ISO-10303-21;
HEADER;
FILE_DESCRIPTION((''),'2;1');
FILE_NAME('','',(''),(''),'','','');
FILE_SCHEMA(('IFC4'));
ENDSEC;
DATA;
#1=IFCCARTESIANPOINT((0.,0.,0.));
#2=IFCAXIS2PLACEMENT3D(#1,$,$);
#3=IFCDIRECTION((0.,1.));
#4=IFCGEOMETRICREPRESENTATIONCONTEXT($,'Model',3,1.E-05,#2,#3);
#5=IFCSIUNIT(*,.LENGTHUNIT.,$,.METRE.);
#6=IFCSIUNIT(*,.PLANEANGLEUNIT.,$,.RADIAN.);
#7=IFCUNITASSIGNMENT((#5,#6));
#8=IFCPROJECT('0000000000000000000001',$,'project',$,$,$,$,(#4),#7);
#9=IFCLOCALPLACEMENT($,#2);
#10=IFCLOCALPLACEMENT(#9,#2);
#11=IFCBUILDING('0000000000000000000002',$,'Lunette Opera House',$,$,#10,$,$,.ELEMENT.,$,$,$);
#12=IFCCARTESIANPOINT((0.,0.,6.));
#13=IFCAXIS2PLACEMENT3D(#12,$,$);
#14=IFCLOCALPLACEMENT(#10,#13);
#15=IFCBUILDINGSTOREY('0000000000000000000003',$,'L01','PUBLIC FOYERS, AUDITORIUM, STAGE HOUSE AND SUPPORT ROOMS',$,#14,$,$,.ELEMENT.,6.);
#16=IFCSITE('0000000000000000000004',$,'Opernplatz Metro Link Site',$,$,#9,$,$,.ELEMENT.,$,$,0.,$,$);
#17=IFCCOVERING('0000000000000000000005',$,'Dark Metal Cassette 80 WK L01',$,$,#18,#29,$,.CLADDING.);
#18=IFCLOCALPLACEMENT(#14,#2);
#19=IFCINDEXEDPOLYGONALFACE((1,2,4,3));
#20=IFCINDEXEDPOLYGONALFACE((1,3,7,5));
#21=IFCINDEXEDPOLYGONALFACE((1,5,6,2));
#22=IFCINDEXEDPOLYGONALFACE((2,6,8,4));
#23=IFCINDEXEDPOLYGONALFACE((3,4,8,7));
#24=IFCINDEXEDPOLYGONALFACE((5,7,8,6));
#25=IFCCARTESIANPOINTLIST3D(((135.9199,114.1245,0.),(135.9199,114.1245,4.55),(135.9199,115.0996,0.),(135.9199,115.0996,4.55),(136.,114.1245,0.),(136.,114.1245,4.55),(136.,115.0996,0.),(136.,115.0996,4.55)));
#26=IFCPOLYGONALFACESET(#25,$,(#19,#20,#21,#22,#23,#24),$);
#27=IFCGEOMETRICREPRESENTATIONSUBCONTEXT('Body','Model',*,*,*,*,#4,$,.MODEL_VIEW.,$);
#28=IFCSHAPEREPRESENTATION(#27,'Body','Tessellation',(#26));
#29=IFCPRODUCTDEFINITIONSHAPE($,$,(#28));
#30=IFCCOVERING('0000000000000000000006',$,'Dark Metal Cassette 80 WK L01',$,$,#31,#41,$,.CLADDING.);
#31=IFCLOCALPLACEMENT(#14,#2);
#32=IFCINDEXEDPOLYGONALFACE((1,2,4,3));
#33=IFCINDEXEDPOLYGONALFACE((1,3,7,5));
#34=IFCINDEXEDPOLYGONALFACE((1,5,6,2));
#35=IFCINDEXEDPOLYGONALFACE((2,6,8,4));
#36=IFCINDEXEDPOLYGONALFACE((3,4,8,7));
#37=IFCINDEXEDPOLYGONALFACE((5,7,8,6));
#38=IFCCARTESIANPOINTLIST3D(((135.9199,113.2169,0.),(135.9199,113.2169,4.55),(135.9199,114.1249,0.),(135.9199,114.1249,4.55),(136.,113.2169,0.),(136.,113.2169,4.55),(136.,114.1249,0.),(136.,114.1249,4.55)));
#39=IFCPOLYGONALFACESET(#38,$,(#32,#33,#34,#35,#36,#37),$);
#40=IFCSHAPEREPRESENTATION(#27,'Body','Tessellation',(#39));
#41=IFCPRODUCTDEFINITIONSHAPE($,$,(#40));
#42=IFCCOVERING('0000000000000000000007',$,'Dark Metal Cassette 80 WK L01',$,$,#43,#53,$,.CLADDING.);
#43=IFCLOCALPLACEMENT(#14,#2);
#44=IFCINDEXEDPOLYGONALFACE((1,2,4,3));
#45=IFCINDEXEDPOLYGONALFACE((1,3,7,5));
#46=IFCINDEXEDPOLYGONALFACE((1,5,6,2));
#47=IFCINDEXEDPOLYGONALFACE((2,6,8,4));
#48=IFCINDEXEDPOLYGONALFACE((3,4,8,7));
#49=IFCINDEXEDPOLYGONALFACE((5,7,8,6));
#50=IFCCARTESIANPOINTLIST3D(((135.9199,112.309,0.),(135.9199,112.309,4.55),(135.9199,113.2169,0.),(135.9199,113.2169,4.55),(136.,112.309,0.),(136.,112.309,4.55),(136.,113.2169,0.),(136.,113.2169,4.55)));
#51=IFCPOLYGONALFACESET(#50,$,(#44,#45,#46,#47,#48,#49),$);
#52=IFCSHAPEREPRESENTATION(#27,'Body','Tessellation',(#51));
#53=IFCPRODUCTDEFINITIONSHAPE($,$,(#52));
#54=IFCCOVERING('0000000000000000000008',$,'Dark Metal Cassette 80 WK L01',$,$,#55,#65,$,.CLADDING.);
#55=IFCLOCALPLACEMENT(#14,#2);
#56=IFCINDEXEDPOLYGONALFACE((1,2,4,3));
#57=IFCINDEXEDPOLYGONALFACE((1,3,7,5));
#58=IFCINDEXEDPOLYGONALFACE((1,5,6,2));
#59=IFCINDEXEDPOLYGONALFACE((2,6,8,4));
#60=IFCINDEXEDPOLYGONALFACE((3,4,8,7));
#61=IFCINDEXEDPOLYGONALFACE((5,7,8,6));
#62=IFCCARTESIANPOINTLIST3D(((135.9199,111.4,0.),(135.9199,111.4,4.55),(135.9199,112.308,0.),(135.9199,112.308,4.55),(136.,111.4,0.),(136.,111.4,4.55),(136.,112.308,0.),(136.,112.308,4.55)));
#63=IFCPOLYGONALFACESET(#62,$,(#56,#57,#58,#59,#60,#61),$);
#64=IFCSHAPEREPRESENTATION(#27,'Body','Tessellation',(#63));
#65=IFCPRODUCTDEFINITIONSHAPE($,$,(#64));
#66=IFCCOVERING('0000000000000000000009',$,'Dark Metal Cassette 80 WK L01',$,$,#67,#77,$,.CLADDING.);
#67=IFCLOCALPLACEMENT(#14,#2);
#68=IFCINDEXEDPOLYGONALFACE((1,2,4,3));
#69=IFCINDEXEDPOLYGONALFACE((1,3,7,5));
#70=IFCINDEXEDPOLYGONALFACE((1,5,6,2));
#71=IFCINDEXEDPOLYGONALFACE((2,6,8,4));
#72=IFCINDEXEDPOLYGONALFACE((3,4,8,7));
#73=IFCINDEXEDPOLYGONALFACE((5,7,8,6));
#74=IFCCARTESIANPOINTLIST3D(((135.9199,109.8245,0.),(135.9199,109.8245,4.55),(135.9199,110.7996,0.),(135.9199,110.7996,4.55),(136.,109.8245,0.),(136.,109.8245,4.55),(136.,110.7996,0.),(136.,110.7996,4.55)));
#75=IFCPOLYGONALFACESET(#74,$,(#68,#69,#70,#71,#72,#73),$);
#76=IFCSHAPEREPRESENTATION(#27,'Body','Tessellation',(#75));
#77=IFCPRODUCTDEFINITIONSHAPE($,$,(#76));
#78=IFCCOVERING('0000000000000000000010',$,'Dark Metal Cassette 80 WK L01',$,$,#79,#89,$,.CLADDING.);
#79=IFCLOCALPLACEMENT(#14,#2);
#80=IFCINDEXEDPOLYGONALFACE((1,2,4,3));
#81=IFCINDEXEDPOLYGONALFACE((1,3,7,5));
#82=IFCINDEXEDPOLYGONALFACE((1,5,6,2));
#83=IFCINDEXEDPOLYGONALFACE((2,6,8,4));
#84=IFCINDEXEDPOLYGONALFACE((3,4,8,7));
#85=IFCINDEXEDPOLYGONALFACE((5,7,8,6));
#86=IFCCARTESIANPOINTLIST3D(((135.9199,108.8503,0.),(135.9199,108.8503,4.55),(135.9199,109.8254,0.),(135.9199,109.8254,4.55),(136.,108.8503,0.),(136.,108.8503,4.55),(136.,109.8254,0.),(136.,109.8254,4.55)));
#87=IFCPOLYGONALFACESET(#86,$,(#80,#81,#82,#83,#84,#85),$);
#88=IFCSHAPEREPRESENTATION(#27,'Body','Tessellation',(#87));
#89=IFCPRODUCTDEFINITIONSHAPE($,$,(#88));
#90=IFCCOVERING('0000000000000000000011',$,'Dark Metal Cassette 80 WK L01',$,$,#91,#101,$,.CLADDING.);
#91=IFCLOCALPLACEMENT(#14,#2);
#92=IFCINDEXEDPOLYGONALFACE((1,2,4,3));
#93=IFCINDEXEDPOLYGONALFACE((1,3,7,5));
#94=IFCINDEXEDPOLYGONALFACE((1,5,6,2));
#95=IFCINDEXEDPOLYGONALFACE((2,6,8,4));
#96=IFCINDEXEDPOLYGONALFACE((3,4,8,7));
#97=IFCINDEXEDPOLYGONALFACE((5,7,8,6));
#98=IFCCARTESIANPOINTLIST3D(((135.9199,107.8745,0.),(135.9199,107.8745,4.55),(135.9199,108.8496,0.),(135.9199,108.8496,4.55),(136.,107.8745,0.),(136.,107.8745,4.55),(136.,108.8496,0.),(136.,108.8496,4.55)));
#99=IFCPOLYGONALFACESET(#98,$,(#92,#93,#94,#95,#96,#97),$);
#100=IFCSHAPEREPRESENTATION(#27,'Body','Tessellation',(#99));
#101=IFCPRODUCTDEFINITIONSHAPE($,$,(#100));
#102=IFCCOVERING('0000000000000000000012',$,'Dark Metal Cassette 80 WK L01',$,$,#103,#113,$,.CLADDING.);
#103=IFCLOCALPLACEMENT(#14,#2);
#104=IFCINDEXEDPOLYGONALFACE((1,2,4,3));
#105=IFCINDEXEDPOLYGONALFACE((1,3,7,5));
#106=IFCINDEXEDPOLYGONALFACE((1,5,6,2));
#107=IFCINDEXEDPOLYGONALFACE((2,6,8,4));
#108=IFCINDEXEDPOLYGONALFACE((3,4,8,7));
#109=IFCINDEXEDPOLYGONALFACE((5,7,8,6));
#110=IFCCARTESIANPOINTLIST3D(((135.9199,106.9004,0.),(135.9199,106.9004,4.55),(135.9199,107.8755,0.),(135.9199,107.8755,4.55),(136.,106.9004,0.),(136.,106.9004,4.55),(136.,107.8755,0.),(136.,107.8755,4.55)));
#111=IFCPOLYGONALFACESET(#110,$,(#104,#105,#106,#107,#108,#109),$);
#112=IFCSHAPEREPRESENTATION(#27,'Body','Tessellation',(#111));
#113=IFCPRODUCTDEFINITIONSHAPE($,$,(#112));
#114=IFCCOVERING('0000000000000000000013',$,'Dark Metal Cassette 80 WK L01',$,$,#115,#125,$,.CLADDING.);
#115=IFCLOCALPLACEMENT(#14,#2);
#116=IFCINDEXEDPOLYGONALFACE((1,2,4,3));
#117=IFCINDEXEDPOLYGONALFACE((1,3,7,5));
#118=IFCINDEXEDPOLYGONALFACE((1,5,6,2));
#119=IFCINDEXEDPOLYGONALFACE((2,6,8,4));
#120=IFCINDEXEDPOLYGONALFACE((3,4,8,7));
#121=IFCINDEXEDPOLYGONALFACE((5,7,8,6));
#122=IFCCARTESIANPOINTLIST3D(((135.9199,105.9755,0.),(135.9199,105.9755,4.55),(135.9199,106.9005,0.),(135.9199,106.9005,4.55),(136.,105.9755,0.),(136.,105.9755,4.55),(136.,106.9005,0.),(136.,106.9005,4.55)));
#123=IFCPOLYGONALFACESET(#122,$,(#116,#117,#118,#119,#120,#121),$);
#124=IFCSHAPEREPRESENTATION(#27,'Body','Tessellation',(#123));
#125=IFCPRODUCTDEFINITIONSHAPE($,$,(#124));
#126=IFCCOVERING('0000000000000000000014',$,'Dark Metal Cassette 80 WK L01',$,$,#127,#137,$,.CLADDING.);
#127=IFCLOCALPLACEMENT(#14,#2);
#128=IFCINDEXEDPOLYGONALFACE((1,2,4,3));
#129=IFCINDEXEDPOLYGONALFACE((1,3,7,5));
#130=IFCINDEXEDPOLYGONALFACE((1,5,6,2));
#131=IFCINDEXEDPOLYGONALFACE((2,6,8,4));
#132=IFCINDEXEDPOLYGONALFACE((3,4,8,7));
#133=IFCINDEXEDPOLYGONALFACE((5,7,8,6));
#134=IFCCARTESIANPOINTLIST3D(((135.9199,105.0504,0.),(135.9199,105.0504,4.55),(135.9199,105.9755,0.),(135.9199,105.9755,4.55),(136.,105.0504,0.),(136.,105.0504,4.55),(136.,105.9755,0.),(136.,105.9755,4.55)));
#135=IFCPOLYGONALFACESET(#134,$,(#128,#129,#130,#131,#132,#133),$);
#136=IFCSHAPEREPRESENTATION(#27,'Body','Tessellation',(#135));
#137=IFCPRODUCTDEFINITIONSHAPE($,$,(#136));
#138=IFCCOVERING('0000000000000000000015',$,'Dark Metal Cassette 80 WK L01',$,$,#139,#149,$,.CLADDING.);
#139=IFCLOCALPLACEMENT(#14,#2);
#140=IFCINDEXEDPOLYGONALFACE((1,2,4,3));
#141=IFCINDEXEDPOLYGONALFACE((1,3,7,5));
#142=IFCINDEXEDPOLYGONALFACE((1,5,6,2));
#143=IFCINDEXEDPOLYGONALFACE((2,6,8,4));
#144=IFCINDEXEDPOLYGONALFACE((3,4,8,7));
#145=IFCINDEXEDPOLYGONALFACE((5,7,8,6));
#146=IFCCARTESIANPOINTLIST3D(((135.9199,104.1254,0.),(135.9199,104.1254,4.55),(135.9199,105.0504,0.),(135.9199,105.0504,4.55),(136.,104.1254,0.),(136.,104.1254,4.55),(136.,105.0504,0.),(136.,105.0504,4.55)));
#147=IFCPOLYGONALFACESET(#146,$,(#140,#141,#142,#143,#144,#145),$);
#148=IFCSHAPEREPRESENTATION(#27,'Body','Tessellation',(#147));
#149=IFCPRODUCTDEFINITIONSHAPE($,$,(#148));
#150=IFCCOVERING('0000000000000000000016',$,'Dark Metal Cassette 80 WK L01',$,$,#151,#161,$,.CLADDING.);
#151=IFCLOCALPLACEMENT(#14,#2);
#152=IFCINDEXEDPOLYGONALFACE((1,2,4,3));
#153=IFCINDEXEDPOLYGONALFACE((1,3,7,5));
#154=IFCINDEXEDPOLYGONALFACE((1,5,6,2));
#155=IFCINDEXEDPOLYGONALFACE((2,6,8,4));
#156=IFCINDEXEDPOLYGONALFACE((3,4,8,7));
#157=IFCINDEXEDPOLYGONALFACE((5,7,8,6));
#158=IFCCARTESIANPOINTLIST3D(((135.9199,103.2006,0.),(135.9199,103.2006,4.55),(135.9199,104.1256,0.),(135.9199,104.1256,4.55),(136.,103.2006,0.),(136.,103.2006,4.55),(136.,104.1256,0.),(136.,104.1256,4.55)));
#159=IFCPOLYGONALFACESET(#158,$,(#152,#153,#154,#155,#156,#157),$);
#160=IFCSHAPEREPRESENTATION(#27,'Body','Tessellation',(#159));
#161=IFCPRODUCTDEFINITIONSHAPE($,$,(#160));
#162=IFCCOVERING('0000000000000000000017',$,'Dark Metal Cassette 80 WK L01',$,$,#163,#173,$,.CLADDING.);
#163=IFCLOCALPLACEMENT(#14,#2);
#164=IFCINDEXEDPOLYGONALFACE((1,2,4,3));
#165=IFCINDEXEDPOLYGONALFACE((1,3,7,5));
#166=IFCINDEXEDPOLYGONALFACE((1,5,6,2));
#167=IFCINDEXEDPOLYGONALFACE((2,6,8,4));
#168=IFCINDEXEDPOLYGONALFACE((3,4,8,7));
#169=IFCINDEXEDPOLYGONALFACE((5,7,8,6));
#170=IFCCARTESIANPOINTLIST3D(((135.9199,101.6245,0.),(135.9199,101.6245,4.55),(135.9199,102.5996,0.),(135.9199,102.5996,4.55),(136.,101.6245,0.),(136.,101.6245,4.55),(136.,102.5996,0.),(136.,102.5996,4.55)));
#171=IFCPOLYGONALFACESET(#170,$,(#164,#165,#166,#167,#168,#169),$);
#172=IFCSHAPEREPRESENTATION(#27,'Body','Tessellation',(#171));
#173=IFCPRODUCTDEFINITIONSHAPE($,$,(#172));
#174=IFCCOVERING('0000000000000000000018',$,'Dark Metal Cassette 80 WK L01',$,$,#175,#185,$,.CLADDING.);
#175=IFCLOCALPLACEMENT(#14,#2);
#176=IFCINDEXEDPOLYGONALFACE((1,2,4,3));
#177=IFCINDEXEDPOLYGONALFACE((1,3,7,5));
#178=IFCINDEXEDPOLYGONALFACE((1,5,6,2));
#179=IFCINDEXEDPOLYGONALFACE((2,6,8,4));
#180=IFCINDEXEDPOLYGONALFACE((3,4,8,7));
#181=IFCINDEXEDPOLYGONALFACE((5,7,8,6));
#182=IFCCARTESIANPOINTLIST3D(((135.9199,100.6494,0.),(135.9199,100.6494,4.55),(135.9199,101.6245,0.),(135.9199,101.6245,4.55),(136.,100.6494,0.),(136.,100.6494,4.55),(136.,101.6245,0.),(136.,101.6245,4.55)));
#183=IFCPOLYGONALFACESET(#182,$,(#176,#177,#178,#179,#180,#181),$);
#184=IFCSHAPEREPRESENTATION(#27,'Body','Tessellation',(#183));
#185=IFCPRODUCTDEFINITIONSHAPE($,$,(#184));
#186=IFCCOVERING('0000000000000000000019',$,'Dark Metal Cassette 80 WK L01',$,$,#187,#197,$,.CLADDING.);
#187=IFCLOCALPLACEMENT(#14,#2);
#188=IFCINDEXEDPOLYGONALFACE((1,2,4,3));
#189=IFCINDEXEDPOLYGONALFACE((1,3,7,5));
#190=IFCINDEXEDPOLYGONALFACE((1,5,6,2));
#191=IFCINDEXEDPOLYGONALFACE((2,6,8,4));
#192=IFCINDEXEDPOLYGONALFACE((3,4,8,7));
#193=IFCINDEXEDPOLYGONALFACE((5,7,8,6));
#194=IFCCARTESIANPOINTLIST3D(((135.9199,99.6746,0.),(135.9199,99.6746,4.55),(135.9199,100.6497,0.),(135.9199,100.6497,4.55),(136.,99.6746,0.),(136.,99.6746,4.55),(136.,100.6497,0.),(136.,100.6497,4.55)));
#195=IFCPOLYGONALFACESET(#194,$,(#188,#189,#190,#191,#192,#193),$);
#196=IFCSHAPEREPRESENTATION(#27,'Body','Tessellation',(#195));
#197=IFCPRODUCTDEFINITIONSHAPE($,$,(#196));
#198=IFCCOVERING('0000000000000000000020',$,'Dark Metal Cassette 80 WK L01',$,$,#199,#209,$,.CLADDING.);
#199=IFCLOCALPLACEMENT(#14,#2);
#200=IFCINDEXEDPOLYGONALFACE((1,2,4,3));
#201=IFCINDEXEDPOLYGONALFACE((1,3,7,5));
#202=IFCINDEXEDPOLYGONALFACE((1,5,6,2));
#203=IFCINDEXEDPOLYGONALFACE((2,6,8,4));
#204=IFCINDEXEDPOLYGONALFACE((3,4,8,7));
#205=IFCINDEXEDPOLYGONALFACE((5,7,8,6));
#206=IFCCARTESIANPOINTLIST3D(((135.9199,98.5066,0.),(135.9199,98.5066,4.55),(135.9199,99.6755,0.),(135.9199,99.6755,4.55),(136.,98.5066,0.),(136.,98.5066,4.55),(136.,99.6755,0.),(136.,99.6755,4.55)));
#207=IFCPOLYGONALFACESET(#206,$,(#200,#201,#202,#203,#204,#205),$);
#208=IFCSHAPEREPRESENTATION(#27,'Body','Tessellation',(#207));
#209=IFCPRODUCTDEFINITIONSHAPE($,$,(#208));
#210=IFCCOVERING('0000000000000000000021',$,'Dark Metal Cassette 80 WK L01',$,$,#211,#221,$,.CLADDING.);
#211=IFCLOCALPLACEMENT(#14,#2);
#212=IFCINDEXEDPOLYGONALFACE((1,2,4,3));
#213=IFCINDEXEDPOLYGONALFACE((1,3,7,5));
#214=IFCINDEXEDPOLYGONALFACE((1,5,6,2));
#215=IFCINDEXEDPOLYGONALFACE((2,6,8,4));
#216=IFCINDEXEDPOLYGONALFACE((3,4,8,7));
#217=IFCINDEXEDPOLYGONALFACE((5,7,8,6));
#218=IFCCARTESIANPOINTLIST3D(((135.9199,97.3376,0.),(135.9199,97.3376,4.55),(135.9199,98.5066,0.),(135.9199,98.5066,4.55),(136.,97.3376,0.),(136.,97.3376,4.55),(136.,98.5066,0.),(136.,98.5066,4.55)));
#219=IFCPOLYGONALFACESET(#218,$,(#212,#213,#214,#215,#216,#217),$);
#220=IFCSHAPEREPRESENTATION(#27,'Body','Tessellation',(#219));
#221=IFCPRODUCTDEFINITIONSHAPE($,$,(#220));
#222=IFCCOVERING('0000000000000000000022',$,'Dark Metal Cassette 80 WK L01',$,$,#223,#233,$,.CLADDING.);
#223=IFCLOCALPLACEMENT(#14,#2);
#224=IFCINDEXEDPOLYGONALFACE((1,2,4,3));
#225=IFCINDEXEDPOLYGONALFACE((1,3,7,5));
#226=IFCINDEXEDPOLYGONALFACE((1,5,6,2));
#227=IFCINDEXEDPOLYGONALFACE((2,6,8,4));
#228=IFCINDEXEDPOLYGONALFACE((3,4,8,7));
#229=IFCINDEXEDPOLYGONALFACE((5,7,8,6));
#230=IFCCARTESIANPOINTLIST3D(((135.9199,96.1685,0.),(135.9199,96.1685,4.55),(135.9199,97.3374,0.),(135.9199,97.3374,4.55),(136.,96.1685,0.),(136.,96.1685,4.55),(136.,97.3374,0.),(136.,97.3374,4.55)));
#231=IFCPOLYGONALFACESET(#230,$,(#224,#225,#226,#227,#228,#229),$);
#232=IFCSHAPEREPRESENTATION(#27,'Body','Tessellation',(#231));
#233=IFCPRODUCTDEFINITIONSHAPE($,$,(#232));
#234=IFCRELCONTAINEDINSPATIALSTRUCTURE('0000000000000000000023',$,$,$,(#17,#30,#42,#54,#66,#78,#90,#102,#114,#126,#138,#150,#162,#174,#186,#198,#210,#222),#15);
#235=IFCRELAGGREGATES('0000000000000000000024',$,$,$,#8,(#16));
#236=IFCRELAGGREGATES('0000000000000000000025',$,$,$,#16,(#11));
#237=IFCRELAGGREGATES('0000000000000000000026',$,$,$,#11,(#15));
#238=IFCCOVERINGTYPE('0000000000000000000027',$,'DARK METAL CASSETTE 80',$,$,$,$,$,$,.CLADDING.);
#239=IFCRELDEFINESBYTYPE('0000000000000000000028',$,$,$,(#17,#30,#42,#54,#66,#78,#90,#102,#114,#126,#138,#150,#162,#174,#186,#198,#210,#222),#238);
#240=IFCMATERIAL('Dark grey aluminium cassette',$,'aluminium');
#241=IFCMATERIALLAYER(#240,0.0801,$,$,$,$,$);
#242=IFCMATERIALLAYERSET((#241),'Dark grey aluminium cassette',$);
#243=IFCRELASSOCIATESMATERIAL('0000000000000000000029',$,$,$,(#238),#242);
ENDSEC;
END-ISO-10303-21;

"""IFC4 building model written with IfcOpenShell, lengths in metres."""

from ifc_helpers import new_model, si_unit, direction, frame, origin, origin_2d, place, context, subcontext, project, spatial, rectangle, extrude, material, layer, layer_set, type_object, element, save


model = new_model("IFC4")

# Units and contexts
model_context = context("Model", 3, precision=1e-05, world=origin(), true_north=direction((0.0, 1.0)))
body_context = subcontext(model_context, "Body", "Model", "MODEL_VIEW")
ifc_project = project(units=[si_unit("LENGTHUNIT", "METRE"), si_unit("PLANEANGLEUNIT", "RADIAN")], contexts=[model_context])

# Site, building, storey
site_placement = place(None, origin())
site = spatial("IfcSite", under=ifc_project, at=site_placement, Name="Opernplatz Metro Link Site", CompositionType="ELEMENT", RefElevation=0.0)
building_placement = place(site_placement, origin())
building = spatial("IfcBuilding", under=site, at=building_placement, Name="Lunette Opera House", CompositionType="ELEMENT")
storey_placement = place(building_placement, frame((0.0, 0.0, 6.0)))
storey = spatial("IfcBuildingStorey", under=building, at=storey_placement, Name="L01", Description="PUBLIC FOYERS, AUDITORIUM, STAGE HOUSE AND SUPPORT ROOMS", CompositionType="ELEMENT", Elevation=6.0)

# Coverings
ifc_material_1 = material(Name="Dark grey aluminium cassette", Category="aluminium")
ifc_layer_1 = layer(ifc_material_1, 0.0801)
ifc_layer_set_1 = layer_set([ifc_layer_1], Name="Dark grey aluminium cassette")
covering_type_1 = type_object("IfcCoveringType", Name="DARK METAL CASSETTE 80", PredefinedType="CLADDING", material=ifc_layer_set_1)
covering_1_placement = place(storey_placement, frame((135.96, 114.6121, 0.0), z_axis=(0.0, 0.0, 1.0), x_axis=(0.0, -1.0, 0.0)))
element("IfcCovering", 1, at=covering_1_placement, inside=storey, type_object=covering_type_1, Name="Dark Metal Cassette 80 WK L01", PredefinedType="CLADDING", context=body_context, shape_type="SweptSolid", body=[
    extrude(rectangle(XDim=0.9751, YDim=0.0801, at=origin_2d()), origin(), (0.0, 0.0, 1.0), 4.55),
])
for number, where, z_axis, x_axis, name in (
    (2, (135.96, 113.6709, 0.0), (0.0, 0.0, 1.0), (0.0, -1.0, 0.0), "Dark Metal Cassette 80 WK L01"),
    (3, (135.96, 112.7629, 0.0), (0.0, 0.0, 1.0), (0.0, -1.0, 0.0), "Dark Metal Cassette 80 WK L01"),
    (4, (135.96, 111.854, 0.0), (0.0, 0.0, 1.0), (0.0, -1.0, 0.0), "Dark Metal Cassette 80 WK L01"),
):
    element("IfcCovering", number, at=place(storey_placement, frame(where, z_axis=z_axis, x_axis=x_axis)), inside=storey, type_object=covering_type_1, Name=name, PredefinedType="CLADDING", context=body_context, shape_type="SweptSolid", body=[
        extrude(rectangle(XDim=0.908, YDim=0.0801, at=origin_2d()), origin(), (0.0, 0.0, 1.0), 4.55),
    ])
for number, where, z_axis, x_axis, name in (
    (5, (135.96, 110.312, 0.0), (0.0, 0.0, 1.0), (0.0, -1.0, 0.0), "Dark Metal Cassette 80 WK L01"),
    (6, (135.96, 109.3379, 0.0), (0.0, 0.0, 1.0), (0.0, -1.0, 0.0), "Dark Metal Cassette 80 WK L01"),
    (7, (135.96, 108.3621, 0.0), (0.0, 0.0, 1.0), (0.0, -1.0, 0.0), "Dark Metal Cassette 80 WK L01"),
    (8, (135.96, 107.3879, 0.0), (0.0, 0.0, 1.0), (0.0, -1.0, 0.0), "Dark Metal Cassette 80 WK L01"),
):
    element("IfcCovering", number, at=place(storey_placement, frame(where, z_axis=z_axis, x_axis=x_axis)), inside=storey, type_object=covering_type_1, Name=name, PredefinedType="CLADDING", context=body_context, shape_type="SweptSolid", body=[
        extrude(rectangle(XDim=0.9751, YDim=0.0801, at=origin_2d()), origin(), (0.0, 0.0, 1.0), 4.55),
    ])
for number, where, z_axis, x_axis, name in (
    (9, (135.96, 106.438, 0.0), (0.0, 0.0, 1.0), (0.0, -1.0, 0.0), "Dark Metal Cassette 80 WK L01"),
    (10, (135.96, 105.5129, 0.0), (0.0, 0.0, 1.0), (0.0, -1.0, 0.0), "Dark Metal Cassette 80 WK L01"),
    (11, (135.96, 104.5879, 0.0), (0.0, 0.0, 1.0), (0.0, -1.0, 0.0), "Dark Metal Cassette 80 WK L01"),
    (12, (135.96, 103.6631, 0.0), (0.0, 0.0, 1.0), (0.0, -1.0, 0.0), "Dark Metal Cassette 80 WK L01"),
):
    element("IfcCovering", number, at=place(storey_placement, frame(where, z_axis=z_axis, x_axis=x_axis)), inside=storey, type_object=covering_type_1, Name=name, PredefinedType="CLADDING", context=body_context, shape_type="SweptSolid", body=[
        extrude(rectangle(XDim=0.925, YDim=0.0801, at=origin_2d()), origin(), (0.0, 0.0, 1.0), 4.55),
    ])
for number, where, z_axis, x_axis, name in (
    (13, (135.96, 102.1121, 0.0), (0.0, 0.0, 1.0), (0.0, -1.0, 0.0), "Dark Metal Cassette 80 WK L01"),
    (14, (135.96, 101.137, 0.0), (0.0, 0.0, 1.0), (0.0, -1.0, 0.0), "Dark Metal Cassette 80 WK L01"),
    (15, (135.96, 100.1621, 0.0), (0.0, 0.0, 1.0), (0.0, -1.0, 0.0), "Dark Metal Cassette 80 WK L01"),
):
    element("IfcCovering", number, at=place(storey_placement, frame(where, z_axis=z_axis, x_axis=x_axis)), inside=storey, type_object=covering_type_1, Name=name, PredefinedType="CLADDING", context=body_context, shape_type="SweptSolid", body=[
        extrude(rectangle(XDim=0.9751, YDim=0.0801, at=origin_2d()), origin(), (0.0, 0.0, 1.0), 4.55),
    ])
for number, where, z_axis, x_axis, name in (
    (16, (135.96, 99.0911, 0.0), (0.0, 0.0, 1.0), (0.0, -1.0, 0.0), "Dark Metal Cassette 80 WK L01"),
    (17, (135.96, 97.9221, 0.0), (0.0, 0.0, 1.0), (0.0, -1.0, 0.0), "Dark Metal Cassette 80 WK L01"),
    (18, (135.96, 96.7529, 0.0), (0.0, 0.0, 1.0), (0.0, -1.0, 0.0), "Dark Metal Cassette 80 WK L01"),
):
    element("IfcCovering", number, at=place(storey_placement, frame(where, z_axis=z_axis, x_axis=x_axis)), inside=storey, type_object=covering_type_1, Name=name, PredefinedType="CLADDING", context=body_context, shape_type="SweptSolid", body=[
        extrude(rectangle(XDim=1.1689, YDim=0.0801, at=origin_2d()), origin(), (0.0, 0.0, 1.0), 4.55),
    ])

save(model, "model.ifc")
